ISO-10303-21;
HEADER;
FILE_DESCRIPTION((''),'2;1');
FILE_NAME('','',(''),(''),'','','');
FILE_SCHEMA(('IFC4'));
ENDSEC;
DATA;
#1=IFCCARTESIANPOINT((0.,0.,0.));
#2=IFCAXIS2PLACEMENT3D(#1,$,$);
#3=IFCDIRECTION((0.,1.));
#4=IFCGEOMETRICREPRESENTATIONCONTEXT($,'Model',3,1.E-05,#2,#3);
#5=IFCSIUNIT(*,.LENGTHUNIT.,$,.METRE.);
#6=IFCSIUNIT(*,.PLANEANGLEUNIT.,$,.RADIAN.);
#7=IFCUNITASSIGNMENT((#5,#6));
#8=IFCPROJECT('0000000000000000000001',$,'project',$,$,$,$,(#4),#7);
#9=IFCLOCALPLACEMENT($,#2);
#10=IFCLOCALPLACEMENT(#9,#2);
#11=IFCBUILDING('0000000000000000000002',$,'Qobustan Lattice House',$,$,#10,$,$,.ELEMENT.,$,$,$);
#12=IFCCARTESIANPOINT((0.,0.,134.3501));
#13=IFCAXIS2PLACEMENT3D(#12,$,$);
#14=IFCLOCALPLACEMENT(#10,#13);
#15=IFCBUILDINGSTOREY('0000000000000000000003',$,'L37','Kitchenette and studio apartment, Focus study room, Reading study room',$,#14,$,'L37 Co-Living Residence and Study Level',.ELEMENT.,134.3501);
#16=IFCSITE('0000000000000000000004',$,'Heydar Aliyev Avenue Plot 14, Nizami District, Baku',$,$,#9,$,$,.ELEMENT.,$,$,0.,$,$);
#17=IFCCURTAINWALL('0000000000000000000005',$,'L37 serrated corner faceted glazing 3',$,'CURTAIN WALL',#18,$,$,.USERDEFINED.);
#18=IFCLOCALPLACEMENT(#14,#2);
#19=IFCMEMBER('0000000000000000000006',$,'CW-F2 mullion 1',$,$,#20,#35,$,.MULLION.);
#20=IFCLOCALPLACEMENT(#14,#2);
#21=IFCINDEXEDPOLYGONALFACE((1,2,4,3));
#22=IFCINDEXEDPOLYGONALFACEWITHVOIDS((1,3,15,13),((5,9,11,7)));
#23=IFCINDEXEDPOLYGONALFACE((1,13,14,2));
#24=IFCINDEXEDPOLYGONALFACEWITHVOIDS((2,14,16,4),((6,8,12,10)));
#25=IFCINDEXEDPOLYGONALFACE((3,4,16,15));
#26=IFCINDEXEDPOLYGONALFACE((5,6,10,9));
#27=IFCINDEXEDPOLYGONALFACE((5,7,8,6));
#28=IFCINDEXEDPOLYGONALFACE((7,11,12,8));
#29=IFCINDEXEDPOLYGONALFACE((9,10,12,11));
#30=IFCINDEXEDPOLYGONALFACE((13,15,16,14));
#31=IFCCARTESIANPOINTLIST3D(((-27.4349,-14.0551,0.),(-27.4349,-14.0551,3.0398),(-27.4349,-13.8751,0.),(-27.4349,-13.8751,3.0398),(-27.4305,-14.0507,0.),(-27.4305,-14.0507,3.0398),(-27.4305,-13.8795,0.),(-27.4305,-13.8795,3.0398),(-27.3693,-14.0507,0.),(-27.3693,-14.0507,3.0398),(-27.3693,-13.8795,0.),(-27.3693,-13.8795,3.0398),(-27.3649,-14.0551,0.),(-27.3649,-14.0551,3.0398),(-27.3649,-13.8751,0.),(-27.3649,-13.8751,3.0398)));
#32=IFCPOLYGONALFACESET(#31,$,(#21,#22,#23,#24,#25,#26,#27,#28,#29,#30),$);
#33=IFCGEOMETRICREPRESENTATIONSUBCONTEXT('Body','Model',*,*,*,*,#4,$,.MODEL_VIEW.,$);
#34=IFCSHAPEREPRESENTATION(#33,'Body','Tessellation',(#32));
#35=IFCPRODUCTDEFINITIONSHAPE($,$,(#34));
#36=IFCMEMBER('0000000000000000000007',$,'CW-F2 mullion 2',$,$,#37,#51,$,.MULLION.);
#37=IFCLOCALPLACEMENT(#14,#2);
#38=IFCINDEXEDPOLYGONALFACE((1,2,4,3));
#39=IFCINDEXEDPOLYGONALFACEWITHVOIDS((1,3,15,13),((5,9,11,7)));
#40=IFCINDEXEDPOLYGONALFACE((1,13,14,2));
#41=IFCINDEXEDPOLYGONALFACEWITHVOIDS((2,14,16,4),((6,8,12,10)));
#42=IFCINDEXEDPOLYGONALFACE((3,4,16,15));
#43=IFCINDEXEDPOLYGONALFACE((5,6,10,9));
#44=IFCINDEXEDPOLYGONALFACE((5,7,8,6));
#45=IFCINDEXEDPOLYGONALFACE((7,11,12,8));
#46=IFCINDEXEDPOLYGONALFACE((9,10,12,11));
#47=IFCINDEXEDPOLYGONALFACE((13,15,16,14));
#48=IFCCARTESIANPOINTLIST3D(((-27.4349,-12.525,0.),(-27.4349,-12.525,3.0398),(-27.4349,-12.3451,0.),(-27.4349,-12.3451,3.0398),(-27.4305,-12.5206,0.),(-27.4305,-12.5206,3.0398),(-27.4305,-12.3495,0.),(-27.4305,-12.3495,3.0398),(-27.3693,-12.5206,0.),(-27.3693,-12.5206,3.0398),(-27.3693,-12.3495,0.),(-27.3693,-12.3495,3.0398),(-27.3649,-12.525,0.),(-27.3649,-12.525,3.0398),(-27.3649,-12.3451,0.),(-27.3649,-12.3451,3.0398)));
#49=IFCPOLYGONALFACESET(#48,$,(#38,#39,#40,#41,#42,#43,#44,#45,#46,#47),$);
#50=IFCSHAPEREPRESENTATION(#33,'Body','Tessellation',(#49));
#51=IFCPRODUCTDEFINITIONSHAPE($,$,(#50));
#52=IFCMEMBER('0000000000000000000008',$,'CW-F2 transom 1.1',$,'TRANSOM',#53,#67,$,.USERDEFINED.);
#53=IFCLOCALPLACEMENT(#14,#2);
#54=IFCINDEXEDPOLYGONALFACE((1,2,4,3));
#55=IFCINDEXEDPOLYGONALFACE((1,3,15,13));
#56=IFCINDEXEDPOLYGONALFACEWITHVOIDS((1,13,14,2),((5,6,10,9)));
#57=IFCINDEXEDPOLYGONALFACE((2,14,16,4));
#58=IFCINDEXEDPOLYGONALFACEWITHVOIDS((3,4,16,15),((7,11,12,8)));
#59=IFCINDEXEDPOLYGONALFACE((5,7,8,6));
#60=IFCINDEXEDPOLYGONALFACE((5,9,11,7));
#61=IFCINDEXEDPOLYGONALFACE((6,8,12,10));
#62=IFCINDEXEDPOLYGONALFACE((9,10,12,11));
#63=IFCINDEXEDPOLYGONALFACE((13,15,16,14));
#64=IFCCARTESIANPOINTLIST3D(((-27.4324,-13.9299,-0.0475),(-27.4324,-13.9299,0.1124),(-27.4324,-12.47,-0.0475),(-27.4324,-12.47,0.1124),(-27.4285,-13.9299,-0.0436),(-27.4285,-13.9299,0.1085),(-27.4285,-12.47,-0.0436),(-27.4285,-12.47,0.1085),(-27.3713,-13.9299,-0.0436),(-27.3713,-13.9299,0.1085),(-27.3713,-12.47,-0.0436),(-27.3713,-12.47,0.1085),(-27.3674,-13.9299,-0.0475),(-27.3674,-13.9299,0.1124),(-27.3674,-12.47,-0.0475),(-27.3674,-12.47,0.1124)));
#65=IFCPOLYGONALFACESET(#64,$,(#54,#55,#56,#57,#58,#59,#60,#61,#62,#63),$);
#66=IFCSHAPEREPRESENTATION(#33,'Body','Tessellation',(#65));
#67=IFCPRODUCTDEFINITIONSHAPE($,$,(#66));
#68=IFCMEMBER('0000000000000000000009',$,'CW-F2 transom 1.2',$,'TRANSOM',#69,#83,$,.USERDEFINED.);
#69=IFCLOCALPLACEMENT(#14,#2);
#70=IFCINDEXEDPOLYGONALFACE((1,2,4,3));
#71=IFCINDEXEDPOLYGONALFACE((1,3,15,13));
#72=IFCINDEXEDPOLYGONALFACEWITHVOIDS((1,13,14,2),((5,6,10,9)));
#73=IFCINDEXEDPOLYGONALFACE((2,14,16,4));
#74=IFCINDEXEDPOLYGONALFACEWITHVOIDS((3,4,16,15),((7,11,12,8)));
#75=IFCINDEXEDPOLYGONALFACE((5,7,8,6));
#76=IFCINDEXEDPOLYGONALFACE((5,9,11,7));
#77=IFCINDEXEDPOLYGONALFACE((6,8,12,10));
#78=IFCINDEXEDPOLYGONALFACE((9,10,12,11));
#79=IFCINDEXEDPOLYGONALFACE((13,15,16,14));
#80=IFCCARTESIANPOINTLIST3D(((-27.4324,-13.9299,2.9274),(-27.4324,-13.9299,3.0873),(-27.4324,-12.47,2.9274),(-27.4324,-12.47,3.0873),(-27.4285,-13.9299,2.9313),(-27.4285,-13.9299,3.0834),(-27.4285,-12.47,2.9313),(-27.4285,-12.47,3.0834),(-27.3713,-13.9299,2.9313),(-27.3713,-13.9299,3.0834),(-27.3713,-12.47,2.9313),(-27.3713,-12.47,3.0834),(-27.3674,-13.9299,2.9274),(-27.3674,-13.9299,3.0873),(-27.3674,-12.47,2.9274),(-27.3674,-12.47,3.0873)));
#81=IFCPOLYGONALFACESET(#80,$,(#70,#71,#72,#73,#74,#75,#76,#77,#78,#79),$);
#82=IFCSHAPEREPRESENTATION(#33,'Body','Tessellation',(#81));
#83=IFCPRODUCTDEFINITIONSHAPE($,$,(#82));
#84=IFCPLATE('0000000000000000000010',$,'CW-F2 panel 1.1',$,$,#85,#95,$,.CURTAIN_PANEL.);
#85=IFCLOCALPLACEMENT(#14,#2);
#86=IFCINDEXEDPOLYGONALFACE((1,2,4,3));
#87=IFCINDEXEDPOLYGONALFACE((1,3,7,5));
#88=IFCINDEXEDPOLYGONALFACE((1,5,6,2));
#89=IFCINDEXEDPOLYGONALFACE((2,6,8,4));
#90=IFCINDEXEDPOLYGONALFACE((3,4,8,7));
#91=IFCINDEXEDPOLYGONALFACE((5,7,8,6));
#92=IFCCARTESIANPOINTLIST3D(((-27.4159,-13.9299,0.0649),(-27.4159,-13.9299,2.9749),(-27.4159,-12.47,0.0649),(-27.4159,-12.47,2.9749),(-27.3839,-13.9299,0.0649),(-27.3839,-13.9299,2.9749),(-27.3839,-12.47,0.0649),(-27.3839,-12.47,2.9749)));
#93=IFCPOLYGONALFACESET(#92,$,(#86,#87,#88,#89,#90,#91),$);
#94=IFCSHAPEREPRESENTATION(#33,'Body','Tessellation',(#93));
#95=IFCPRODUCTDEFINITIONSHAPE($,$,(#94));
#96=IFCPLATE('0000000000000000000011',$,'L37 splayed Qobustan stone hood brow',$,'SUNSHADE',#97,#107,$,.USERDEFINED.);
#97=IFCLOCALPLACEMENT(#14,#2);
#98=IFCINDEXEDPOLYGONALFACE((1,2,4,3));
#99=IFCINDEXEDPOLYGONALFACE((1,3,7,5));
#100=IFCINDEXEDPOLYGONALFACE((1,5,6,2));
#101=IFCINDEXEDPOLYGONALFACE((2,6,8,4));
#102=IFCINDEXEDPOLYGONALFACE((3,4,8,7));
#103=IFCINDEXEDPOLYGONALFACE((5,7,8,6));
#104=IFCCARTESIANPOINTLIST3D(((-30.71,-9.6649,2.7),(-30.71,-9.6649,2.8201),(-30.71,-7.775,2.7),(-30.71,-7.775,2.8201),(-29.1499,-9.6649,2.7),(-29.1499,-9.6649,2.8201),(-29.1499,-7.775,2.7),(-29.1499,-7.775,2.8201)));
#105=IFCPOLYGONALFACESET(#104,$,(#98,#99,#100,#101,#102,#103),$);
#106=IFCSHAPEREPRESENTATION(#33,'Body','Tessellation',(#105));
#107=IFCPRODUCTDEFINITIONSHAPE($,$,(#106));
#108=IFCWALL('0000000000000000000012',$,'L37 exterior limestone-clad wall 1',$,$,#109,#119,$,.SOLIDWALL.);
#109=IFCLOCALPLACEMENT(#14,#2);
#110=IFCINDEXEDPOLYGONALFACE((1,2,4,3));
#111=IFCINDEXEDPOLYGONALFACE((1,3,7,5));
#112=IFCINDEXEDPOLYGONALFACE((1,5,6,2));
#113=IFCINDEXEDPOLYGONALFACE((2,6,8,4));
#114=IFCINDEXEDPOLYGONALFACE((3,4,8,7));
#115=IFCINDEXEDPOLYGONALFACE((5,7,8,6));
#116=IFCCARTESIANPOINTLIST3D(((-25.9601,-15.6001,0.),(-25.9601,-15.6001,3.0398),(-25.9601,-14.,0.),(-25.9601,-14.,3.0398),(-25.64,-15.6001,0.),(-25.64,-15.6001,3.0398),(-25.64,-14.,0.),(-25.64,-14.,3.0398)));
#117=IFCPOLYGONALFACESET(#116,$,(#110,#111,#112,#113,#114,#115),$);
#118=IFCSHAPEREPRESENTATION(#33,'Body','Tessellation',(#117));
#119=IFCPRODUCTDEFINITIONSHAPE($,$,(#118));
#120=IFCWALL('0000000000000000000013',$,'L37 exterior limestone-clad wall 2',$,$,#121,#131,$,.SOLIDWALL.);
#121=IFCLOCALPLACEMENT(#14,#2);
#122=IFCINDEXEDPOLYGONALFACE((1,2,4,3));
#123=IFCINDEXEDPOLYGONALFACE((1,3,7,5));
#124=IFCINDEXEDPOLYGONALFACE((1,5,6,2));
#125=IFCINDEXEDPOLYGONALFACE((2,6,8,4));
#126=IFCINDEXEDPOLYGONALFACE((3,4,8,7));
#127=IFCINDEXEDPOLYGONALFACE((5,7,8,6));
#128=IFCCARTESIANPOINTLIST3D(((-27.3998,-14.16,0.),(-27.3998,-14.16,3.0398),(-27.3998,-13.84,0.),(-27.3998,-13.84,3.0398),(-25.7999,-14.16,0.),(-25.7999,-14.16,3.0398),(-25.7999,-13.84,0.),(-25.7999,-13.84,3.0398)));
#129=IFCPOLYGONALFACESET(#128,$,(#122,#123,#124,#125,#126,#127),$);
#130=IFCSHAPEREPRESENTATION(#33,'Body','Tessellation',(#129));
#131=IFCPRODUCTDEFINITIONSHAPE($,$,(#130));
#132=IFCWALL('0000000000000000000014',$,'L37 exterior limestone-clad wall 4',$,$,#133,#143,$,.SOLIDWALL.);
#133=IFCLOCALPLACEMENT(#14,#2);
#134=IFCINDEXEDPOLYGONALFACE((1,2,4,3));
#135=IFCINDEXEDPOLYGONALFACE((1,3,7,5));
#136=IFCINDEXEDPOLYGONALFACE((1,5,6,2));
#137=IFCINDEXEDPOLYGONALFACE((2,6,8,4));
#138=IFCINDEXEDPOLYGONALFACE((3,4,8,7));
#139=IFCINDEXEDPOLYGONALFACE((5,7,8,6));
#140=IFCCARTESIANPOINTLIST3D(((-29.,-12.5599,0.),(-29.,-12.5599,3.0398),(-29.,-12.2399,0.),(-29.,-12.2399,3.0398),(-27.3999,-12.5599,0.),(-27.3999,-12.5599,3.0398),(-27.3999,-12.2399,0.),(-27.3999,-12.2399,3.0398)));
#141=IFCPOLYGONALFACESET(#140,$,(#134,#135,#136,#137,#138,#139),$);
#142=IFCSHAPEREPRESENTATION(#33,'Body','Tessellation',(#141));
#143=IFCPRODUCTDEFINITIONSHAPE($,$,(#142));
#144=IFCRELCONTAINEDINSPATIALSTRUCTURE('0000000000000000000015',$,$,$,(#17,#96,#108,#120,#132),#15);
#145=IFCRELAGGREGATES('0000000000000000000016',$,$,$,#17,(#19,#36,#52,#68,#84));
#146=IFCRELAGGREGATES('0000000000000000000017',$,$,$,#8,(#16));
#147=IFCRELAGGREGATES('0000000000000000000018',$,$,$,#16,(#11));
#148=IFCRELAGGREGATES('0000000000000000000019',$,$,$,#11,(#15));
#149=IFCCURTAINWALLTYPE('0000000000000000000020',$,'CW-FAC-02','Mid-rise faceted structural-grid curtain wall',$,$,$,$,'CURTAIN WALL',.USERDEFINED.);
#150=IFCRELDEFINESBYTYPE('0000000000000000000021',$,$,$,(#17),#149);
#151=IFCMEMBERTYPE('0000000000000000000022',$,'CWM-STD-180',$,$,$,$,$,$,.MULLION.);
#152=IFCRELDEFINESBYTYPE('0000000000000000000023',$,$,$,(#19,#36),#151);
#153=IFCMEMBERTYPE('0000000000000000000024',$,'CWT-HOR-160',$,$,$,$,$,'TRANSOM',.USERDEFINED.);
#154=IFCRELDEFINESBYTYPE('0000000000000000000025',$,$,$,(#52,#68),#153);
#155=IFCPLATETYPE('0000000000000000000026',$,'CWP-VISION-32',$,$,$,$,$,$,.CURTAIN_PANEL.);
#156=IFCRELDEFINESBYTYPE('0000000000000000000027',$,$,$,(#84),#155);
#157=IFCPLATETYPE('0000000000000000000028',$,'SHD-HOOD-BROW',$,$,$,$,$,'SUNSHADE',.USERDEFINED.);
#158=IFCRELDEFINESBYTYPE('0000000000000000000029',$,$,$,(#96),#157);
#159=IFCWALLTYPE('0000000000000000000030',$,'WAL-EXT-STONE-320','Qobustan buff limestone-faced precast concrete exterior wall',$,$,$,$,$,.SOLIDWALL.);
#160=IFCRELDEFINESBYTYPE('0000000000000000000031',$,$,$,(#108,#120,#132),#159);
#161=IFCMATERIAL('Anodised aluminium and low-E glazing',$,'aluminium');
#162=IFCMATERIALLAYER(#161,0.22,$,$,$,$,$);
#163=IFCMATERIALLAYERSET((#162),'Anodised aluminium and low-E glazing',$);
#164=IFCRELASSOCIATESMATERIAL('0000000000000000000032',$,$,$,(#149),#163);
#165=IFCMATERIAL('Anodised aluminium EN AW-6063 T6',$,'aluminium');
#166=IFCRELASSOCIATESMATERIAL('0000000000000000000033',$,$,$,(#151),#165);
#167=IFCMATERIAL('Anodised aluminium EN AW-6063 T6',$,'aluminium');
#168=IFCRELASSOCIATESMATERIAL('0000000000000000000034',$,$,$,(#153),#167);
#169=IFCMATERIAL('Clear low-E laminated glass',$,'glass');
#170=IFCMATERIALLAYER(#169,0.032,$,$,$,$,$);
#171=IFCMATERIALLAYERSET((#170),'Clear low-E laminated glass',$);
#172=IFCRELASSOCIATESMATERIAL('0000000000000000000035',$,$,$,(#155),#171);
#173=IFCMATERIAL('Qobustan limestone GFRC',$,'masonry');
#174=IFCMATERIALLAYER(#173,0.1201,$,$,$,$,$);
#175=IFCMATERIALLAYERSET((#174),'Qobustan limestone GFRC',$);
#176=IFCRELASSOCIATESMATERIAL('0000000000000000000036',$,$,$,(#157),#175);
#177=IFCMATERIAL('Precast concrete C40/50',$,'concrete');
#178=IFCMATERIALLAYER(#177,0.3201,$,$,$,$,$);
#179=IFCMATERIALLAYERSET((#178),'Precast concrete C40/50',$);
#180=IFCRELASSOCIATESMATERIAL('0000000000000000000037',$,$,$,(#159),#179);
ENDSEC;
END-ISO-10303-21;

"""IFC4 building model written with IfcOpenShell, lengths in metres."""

from ifc_helpers import new_model, si_unit, direction, frame, frame_2d, origin, origin_2d, place, context, subcontext, project, spatial, rectangle, hollow_rectangle, extrude, material, layer, layer_set, material_profile, profile_set, type_object, element, aggregate, save


model = new_model("IFC4")

# Units and contexts
model_context = context("Model", 3, precision=1e-05, world=origin(), true_north=direction((0.0, 1.0)))
body_context = subcontext(model_context, "Body", "Model", "MODEL_VIEW")
ifc_project = project(units=[si_unit("LENGTHUNIT", "METRE"), si_unit("PLANEANGLEUNIT", "RADIAN")], contexts=[model_context])

# Site, building, storey
site_placement = place(None, origin())
site = spatial("IfcSite", under=ifc_project, at=site_placement, Name="Heydar Aliyev Avenue Plot 14, Nizami District, Baku", CompositionType="ELEMENT", RefElevation=0.0)
building_placement = place(site_placement, origin())
building = spatial("IfcBuilding", under=site, at=building_placement, Name="Qobustan Lattice House", CompositionType="ELEMENT")
storey_placement = place(building_placement, frame((0.0, 0.0, 134.3501)))
storey = spatial("IfcBuildingStorey", under=building, at=storey_placement, Name="L37", Description="Kitchenette and studio apartment, Focus study room, Reading study room", LongName="L37 Co-Living Residence and Study Level", CompositionType="ELEMENT", Elevation=134.3501)

# Curtain wall, members, plate
ifc_material_1 = material(Name="Anodised aluminium and low-E glazing", Category="aluminium")
ifc_layer_1 = layer(ifc_material_1, 0.22)
ifc_layer_set_1 = layer_set([ifc_layer_1], Name="Anodised aluminium and low-E glazing")
curtain_wall_type = type_object("IfcCurtainWallType", Name="CW-FAC-02", Description="Mid-rise faceted structural-grid curtain wall", ElementType="CURTAIN WALL", PredefinedType="USERDEFINED", material=ifc_layer_set_1)
curtain_wall_placement = place(storey_placement, origin())
curtain_wall = element("IfcCurtainWall", 1, at=curtain_wall_placement, inside=storey, type_object=curtain_wall_type, Name="L37 serrated corner faceted glazing 3", ObjectType="CURTAIN WALL", PredefinedType="USERDEFINED")
ifc_material_2 = material(Name="Anodised aluminium EN AW-6063 T6", Category="aluminium")
ifc_material_profile_1 = material_profile(ifc_material_2, hollow_rectangle(XDim=0.0701, YDim=0.1799, WallThickness=0.0044, at=origin_2d()), Name="CWM-180x70")
ifc_profile_set_1 = profile_set([ifc_material_profile_1], Name="Anodised aluminium EN AW-6063 T6")
member_type_1 = type_object("IfcMemberType", Name="CWM-STD-180", PredefinedType="MULLION", material=ifc_profile_set_1)
member_1_placement = place(storey_placement, frame((-27.3999, -13.9651, 0.0), z_axis=(0.0, 0.0, 1.0), x_axis=(-1.0, 0.0, 0.0)))
member_1 = element("IfcMember", 2, at=member_1_placement, type_object=member_type_1, Name="CW-F2 mullion 1", PredefinedType="MULLION", context=body_context, shape_type="SweptSolid", body=[
    extrude(hollow_rectangle(XDim=0.0701, YDim=0.1799, WallThickness=0.0044, at=origin_2d()), origin(), (0.0, 0.0, 1.0), 3.0398),
])
member_2_placement = place(storey_placement, frame((-27.3999, -12.4351, 0.0), z_axis=(0.0, 0.0, 1.0), x_axis=(-1.0, 0.0, 0.0)))
member_2 = element("IfcMember", 3, at=member_2_placement, type_object=member_type_1, Name="CW-F2 mullion 2", PredefinedType="MULLION", context=body_context, shape_type="SweptSolid", body=[
    extrude(hollow_rectangle(XDim=0.0701, YDim=0.1799, WallThickness=0.0044, at=origin_2d()), origin(), (0.0, 0.0, 1.0), 3.0398),
])
ifc_material_3 = material(Name="Anodised aluminium EN AW-6063 T6", Category="aluminium")
ifc_material_profile_2 = material_profile(ifc_material_3, hollow_rectangle(XDim=0.0649, YDim=0.1599, WallThickness=0.0039, at=origin_2d()), Name="CWT-160x65")
ifc_profile_set_2 = profile_set([ifc_material_profile_2], Name="Anodised aluminium EN AW-6063 T6")
member_type_2 = type_object("IfcMemberType", Name="CWT-HOR-160", ElementType="TRANSOM", PredefinedType="USERDEFINED", material=ifc_profile_set_2)
member_3_placement = place(storey_placement, frame((-27.3999, -13.9299, 0.0325), z_axis=(0.0, 1.0, 0.0), x_axis=(-1.0, 0.0, 0.0)))
member_3 = element("IfcMember", 4, at=member_3_placement, type_object=member_type_2, Name="CW-F2 transom 1.1", ObjectType="TRANSOM", PredefinedType="USERDEFINED", context=body_context, shape_type="SweptSolid", body=[
    extrude(hollow_rectangle(XDim=0.0649, YDim=0.1599, WallThickness=0.0039, at=origin_2d()), origin(), (0.0, 0.0, 1.0), 1.46),
])
member_4_placement = place(storey_placement, frame((-27.3999, -13.9299, 3.0073), z_axis=(0.0, 1.0, 0.0), x_axis=(-1.0, 0.0, 0.0)))
member_4 = element("IfcMember", 5, at=member_4_placement, type_object=member_type_2, Name="CW-F2 transom 1.2", ObjectType="TRANSOM", PredefinedType="USERDEFINED", context=body_context, shape_type="SweptSolid", body=[
    extrude(hollow_rectangle(XDim=0.0649, YDim=0.1599, WallThickness=0.0039, at=origin_2d()), origin(), (0.0, 0.0, 1.0), 1.46),
])
ifc_material_4 = material(Name="Clear low-E laminated glass", Category="glass")
ifc_layer_2 = layer(ifc_material_4, 0.032)
ifc_layer_set_2 = layer_set([ifc_layer_2], Name="Clear low-E laminated glass")
plate_type_1 = type_object("IfcPlateType", Name="CWP-VISION-32", PredefinedType="CURTAIN_PANEL", material=ifc_layer_set_2)
plate_1_placement = place(storey_placement, frame((-27.3999, -13.2, 0.0649), z_axis=(0.0, 0.0, 1.0), x_axis=(0.0, 1.0, 0.0)))
plate_1 = element("IfcPlate", 6, at=plate_1_placement, type_object=plate_type_1, Name="CW-F2 panel 1.1", PredefinedType="CURTAIN_PANEL", context=body_context, shape_type="SweptSolid", body=[
    extrude(rectangle(XDim=1.46, YDim=0.032, at=origin_2d()), origin(), (0.0, 0.0, 1.0), 2.9099),
])
aggregate(curtain_wall, [member_1, member_2, member_3, member_4, plate_1])

# Plate
ifc_material_5 = material(Name="Qobustan limestone GFRC", Category="masonry")
ifc_layer_3 = layer(ifc_material_5, 0.1201)
ifc_layer_set_3 = layer_set([ifc_layer_3], Name="Qobustan limestone GFRC")
plate_type_2 = type_object("IfcPlateType", Name="SHD-HOOD-BROW", ElementType="SUNSHADE", PredefinedType="USERDEFINED", material=ifc_layer_set_3)
plate_2_placement = place(storey_placement, frame((-29.9299, -8.72, 2.7), z_axis=(0.0, 0.0, 1.0), x_axis=(0.0, 1.0, 0.0)))
element("IfcPlate", 7, at=plate_2_placement, inside=storey, type_object=plate_type_2, Name="L37 splayed Qobustan stone hood brow", ObjectType="SUNSHADE", PredefinedType="USERDEFINED", context=body_context, shape_type="SweptSolid", body=[
    extrude(rectangle(XDim=1.8899, YDim=1.5601, at=origin_2d()), origin(), (0.0, 0.0, 1.0), 0.1201),
])

# Walls
ifc_material_6 = material(Name="Precast concrete C40/50", Category="concrete")
ifc_layer_4 = layer(ifc_material_6, 0.3201)
ifc_layer_set_4 = layer_set([ifc_layer_4], Name="Precast concrete C40/50")
wall_type = type_object("IfcWallType", Name="WAL-EXT-STONE-320", Description="Qobustan buff limestone-faced precast concrete exterior wall", PredefinedType="SOLIDWALL", material=ifc_layer_set_4)
wall_1_placement = place(storey_placement, frame((-25.8, -15.6001, 0.0), z_axis=(0.0, 0.0, 1.0), x_axis=(0.0, 1.0, 0.0)))
element("IfcWall", 8, at=wall_1_placement, inside=storey, type_object=wall_type, Name="L37 exterior limestone-clad wall 1", PredefinedType="SOLIDWALL", context=body_context, shape_type="SweptSolid", body=[
    extrude(rectangle(XDim=1.6001, YDim=0.3201, at=frame_2d((0.8, 0.0))), origin(), (0.0, 0.0, 1.0), 3.0398),
])
wall_2_placement = place(storey_placement, frame((-25.8, -14.0, 0.0), z_axis=(0.0, 0.0, 1.0), x_axis=(-1.0, 0.0, 0.0)))
element("IfcWall", 9, at=wall_2_placement, inside=storey, type_object=wall_type, Name="L37 exterior limestone-clad wall 2", PredefinedType="SOLIDWALL", context=body_context, shape_type="SweptSolid", body=[
    extrude(rectangle(XDim=1.5999, YDim=0.3201, at=frame_2d((0.7998, 0.0))), origin(), (0.0, 0.0, 1.0), 3.0398),
])
wall_3_placement = place(storey_placement, frame((-27.3999, -12.3999, 0.0), z_axis=(0.0, 0.0, 1.0), x_axis=(-1.0, 0.0, 0.0)))
element("IfcWall", 10, at=wall_3_placement, inside=storey, type_object=wall_type, Name="L37 exterior limestone-clad wall 4", PredefinedType="SOLIDWALL", context=body_context, shape_type="SweptSolid", body=[
    extrude(rectangle(XDim=1.6001, YDim=0.3201, at=frame_2d((0.8, 0.0))), origin(), (0.0, 0.0, 1.0), 3.0398),
])

save(model, "model.ifc")
